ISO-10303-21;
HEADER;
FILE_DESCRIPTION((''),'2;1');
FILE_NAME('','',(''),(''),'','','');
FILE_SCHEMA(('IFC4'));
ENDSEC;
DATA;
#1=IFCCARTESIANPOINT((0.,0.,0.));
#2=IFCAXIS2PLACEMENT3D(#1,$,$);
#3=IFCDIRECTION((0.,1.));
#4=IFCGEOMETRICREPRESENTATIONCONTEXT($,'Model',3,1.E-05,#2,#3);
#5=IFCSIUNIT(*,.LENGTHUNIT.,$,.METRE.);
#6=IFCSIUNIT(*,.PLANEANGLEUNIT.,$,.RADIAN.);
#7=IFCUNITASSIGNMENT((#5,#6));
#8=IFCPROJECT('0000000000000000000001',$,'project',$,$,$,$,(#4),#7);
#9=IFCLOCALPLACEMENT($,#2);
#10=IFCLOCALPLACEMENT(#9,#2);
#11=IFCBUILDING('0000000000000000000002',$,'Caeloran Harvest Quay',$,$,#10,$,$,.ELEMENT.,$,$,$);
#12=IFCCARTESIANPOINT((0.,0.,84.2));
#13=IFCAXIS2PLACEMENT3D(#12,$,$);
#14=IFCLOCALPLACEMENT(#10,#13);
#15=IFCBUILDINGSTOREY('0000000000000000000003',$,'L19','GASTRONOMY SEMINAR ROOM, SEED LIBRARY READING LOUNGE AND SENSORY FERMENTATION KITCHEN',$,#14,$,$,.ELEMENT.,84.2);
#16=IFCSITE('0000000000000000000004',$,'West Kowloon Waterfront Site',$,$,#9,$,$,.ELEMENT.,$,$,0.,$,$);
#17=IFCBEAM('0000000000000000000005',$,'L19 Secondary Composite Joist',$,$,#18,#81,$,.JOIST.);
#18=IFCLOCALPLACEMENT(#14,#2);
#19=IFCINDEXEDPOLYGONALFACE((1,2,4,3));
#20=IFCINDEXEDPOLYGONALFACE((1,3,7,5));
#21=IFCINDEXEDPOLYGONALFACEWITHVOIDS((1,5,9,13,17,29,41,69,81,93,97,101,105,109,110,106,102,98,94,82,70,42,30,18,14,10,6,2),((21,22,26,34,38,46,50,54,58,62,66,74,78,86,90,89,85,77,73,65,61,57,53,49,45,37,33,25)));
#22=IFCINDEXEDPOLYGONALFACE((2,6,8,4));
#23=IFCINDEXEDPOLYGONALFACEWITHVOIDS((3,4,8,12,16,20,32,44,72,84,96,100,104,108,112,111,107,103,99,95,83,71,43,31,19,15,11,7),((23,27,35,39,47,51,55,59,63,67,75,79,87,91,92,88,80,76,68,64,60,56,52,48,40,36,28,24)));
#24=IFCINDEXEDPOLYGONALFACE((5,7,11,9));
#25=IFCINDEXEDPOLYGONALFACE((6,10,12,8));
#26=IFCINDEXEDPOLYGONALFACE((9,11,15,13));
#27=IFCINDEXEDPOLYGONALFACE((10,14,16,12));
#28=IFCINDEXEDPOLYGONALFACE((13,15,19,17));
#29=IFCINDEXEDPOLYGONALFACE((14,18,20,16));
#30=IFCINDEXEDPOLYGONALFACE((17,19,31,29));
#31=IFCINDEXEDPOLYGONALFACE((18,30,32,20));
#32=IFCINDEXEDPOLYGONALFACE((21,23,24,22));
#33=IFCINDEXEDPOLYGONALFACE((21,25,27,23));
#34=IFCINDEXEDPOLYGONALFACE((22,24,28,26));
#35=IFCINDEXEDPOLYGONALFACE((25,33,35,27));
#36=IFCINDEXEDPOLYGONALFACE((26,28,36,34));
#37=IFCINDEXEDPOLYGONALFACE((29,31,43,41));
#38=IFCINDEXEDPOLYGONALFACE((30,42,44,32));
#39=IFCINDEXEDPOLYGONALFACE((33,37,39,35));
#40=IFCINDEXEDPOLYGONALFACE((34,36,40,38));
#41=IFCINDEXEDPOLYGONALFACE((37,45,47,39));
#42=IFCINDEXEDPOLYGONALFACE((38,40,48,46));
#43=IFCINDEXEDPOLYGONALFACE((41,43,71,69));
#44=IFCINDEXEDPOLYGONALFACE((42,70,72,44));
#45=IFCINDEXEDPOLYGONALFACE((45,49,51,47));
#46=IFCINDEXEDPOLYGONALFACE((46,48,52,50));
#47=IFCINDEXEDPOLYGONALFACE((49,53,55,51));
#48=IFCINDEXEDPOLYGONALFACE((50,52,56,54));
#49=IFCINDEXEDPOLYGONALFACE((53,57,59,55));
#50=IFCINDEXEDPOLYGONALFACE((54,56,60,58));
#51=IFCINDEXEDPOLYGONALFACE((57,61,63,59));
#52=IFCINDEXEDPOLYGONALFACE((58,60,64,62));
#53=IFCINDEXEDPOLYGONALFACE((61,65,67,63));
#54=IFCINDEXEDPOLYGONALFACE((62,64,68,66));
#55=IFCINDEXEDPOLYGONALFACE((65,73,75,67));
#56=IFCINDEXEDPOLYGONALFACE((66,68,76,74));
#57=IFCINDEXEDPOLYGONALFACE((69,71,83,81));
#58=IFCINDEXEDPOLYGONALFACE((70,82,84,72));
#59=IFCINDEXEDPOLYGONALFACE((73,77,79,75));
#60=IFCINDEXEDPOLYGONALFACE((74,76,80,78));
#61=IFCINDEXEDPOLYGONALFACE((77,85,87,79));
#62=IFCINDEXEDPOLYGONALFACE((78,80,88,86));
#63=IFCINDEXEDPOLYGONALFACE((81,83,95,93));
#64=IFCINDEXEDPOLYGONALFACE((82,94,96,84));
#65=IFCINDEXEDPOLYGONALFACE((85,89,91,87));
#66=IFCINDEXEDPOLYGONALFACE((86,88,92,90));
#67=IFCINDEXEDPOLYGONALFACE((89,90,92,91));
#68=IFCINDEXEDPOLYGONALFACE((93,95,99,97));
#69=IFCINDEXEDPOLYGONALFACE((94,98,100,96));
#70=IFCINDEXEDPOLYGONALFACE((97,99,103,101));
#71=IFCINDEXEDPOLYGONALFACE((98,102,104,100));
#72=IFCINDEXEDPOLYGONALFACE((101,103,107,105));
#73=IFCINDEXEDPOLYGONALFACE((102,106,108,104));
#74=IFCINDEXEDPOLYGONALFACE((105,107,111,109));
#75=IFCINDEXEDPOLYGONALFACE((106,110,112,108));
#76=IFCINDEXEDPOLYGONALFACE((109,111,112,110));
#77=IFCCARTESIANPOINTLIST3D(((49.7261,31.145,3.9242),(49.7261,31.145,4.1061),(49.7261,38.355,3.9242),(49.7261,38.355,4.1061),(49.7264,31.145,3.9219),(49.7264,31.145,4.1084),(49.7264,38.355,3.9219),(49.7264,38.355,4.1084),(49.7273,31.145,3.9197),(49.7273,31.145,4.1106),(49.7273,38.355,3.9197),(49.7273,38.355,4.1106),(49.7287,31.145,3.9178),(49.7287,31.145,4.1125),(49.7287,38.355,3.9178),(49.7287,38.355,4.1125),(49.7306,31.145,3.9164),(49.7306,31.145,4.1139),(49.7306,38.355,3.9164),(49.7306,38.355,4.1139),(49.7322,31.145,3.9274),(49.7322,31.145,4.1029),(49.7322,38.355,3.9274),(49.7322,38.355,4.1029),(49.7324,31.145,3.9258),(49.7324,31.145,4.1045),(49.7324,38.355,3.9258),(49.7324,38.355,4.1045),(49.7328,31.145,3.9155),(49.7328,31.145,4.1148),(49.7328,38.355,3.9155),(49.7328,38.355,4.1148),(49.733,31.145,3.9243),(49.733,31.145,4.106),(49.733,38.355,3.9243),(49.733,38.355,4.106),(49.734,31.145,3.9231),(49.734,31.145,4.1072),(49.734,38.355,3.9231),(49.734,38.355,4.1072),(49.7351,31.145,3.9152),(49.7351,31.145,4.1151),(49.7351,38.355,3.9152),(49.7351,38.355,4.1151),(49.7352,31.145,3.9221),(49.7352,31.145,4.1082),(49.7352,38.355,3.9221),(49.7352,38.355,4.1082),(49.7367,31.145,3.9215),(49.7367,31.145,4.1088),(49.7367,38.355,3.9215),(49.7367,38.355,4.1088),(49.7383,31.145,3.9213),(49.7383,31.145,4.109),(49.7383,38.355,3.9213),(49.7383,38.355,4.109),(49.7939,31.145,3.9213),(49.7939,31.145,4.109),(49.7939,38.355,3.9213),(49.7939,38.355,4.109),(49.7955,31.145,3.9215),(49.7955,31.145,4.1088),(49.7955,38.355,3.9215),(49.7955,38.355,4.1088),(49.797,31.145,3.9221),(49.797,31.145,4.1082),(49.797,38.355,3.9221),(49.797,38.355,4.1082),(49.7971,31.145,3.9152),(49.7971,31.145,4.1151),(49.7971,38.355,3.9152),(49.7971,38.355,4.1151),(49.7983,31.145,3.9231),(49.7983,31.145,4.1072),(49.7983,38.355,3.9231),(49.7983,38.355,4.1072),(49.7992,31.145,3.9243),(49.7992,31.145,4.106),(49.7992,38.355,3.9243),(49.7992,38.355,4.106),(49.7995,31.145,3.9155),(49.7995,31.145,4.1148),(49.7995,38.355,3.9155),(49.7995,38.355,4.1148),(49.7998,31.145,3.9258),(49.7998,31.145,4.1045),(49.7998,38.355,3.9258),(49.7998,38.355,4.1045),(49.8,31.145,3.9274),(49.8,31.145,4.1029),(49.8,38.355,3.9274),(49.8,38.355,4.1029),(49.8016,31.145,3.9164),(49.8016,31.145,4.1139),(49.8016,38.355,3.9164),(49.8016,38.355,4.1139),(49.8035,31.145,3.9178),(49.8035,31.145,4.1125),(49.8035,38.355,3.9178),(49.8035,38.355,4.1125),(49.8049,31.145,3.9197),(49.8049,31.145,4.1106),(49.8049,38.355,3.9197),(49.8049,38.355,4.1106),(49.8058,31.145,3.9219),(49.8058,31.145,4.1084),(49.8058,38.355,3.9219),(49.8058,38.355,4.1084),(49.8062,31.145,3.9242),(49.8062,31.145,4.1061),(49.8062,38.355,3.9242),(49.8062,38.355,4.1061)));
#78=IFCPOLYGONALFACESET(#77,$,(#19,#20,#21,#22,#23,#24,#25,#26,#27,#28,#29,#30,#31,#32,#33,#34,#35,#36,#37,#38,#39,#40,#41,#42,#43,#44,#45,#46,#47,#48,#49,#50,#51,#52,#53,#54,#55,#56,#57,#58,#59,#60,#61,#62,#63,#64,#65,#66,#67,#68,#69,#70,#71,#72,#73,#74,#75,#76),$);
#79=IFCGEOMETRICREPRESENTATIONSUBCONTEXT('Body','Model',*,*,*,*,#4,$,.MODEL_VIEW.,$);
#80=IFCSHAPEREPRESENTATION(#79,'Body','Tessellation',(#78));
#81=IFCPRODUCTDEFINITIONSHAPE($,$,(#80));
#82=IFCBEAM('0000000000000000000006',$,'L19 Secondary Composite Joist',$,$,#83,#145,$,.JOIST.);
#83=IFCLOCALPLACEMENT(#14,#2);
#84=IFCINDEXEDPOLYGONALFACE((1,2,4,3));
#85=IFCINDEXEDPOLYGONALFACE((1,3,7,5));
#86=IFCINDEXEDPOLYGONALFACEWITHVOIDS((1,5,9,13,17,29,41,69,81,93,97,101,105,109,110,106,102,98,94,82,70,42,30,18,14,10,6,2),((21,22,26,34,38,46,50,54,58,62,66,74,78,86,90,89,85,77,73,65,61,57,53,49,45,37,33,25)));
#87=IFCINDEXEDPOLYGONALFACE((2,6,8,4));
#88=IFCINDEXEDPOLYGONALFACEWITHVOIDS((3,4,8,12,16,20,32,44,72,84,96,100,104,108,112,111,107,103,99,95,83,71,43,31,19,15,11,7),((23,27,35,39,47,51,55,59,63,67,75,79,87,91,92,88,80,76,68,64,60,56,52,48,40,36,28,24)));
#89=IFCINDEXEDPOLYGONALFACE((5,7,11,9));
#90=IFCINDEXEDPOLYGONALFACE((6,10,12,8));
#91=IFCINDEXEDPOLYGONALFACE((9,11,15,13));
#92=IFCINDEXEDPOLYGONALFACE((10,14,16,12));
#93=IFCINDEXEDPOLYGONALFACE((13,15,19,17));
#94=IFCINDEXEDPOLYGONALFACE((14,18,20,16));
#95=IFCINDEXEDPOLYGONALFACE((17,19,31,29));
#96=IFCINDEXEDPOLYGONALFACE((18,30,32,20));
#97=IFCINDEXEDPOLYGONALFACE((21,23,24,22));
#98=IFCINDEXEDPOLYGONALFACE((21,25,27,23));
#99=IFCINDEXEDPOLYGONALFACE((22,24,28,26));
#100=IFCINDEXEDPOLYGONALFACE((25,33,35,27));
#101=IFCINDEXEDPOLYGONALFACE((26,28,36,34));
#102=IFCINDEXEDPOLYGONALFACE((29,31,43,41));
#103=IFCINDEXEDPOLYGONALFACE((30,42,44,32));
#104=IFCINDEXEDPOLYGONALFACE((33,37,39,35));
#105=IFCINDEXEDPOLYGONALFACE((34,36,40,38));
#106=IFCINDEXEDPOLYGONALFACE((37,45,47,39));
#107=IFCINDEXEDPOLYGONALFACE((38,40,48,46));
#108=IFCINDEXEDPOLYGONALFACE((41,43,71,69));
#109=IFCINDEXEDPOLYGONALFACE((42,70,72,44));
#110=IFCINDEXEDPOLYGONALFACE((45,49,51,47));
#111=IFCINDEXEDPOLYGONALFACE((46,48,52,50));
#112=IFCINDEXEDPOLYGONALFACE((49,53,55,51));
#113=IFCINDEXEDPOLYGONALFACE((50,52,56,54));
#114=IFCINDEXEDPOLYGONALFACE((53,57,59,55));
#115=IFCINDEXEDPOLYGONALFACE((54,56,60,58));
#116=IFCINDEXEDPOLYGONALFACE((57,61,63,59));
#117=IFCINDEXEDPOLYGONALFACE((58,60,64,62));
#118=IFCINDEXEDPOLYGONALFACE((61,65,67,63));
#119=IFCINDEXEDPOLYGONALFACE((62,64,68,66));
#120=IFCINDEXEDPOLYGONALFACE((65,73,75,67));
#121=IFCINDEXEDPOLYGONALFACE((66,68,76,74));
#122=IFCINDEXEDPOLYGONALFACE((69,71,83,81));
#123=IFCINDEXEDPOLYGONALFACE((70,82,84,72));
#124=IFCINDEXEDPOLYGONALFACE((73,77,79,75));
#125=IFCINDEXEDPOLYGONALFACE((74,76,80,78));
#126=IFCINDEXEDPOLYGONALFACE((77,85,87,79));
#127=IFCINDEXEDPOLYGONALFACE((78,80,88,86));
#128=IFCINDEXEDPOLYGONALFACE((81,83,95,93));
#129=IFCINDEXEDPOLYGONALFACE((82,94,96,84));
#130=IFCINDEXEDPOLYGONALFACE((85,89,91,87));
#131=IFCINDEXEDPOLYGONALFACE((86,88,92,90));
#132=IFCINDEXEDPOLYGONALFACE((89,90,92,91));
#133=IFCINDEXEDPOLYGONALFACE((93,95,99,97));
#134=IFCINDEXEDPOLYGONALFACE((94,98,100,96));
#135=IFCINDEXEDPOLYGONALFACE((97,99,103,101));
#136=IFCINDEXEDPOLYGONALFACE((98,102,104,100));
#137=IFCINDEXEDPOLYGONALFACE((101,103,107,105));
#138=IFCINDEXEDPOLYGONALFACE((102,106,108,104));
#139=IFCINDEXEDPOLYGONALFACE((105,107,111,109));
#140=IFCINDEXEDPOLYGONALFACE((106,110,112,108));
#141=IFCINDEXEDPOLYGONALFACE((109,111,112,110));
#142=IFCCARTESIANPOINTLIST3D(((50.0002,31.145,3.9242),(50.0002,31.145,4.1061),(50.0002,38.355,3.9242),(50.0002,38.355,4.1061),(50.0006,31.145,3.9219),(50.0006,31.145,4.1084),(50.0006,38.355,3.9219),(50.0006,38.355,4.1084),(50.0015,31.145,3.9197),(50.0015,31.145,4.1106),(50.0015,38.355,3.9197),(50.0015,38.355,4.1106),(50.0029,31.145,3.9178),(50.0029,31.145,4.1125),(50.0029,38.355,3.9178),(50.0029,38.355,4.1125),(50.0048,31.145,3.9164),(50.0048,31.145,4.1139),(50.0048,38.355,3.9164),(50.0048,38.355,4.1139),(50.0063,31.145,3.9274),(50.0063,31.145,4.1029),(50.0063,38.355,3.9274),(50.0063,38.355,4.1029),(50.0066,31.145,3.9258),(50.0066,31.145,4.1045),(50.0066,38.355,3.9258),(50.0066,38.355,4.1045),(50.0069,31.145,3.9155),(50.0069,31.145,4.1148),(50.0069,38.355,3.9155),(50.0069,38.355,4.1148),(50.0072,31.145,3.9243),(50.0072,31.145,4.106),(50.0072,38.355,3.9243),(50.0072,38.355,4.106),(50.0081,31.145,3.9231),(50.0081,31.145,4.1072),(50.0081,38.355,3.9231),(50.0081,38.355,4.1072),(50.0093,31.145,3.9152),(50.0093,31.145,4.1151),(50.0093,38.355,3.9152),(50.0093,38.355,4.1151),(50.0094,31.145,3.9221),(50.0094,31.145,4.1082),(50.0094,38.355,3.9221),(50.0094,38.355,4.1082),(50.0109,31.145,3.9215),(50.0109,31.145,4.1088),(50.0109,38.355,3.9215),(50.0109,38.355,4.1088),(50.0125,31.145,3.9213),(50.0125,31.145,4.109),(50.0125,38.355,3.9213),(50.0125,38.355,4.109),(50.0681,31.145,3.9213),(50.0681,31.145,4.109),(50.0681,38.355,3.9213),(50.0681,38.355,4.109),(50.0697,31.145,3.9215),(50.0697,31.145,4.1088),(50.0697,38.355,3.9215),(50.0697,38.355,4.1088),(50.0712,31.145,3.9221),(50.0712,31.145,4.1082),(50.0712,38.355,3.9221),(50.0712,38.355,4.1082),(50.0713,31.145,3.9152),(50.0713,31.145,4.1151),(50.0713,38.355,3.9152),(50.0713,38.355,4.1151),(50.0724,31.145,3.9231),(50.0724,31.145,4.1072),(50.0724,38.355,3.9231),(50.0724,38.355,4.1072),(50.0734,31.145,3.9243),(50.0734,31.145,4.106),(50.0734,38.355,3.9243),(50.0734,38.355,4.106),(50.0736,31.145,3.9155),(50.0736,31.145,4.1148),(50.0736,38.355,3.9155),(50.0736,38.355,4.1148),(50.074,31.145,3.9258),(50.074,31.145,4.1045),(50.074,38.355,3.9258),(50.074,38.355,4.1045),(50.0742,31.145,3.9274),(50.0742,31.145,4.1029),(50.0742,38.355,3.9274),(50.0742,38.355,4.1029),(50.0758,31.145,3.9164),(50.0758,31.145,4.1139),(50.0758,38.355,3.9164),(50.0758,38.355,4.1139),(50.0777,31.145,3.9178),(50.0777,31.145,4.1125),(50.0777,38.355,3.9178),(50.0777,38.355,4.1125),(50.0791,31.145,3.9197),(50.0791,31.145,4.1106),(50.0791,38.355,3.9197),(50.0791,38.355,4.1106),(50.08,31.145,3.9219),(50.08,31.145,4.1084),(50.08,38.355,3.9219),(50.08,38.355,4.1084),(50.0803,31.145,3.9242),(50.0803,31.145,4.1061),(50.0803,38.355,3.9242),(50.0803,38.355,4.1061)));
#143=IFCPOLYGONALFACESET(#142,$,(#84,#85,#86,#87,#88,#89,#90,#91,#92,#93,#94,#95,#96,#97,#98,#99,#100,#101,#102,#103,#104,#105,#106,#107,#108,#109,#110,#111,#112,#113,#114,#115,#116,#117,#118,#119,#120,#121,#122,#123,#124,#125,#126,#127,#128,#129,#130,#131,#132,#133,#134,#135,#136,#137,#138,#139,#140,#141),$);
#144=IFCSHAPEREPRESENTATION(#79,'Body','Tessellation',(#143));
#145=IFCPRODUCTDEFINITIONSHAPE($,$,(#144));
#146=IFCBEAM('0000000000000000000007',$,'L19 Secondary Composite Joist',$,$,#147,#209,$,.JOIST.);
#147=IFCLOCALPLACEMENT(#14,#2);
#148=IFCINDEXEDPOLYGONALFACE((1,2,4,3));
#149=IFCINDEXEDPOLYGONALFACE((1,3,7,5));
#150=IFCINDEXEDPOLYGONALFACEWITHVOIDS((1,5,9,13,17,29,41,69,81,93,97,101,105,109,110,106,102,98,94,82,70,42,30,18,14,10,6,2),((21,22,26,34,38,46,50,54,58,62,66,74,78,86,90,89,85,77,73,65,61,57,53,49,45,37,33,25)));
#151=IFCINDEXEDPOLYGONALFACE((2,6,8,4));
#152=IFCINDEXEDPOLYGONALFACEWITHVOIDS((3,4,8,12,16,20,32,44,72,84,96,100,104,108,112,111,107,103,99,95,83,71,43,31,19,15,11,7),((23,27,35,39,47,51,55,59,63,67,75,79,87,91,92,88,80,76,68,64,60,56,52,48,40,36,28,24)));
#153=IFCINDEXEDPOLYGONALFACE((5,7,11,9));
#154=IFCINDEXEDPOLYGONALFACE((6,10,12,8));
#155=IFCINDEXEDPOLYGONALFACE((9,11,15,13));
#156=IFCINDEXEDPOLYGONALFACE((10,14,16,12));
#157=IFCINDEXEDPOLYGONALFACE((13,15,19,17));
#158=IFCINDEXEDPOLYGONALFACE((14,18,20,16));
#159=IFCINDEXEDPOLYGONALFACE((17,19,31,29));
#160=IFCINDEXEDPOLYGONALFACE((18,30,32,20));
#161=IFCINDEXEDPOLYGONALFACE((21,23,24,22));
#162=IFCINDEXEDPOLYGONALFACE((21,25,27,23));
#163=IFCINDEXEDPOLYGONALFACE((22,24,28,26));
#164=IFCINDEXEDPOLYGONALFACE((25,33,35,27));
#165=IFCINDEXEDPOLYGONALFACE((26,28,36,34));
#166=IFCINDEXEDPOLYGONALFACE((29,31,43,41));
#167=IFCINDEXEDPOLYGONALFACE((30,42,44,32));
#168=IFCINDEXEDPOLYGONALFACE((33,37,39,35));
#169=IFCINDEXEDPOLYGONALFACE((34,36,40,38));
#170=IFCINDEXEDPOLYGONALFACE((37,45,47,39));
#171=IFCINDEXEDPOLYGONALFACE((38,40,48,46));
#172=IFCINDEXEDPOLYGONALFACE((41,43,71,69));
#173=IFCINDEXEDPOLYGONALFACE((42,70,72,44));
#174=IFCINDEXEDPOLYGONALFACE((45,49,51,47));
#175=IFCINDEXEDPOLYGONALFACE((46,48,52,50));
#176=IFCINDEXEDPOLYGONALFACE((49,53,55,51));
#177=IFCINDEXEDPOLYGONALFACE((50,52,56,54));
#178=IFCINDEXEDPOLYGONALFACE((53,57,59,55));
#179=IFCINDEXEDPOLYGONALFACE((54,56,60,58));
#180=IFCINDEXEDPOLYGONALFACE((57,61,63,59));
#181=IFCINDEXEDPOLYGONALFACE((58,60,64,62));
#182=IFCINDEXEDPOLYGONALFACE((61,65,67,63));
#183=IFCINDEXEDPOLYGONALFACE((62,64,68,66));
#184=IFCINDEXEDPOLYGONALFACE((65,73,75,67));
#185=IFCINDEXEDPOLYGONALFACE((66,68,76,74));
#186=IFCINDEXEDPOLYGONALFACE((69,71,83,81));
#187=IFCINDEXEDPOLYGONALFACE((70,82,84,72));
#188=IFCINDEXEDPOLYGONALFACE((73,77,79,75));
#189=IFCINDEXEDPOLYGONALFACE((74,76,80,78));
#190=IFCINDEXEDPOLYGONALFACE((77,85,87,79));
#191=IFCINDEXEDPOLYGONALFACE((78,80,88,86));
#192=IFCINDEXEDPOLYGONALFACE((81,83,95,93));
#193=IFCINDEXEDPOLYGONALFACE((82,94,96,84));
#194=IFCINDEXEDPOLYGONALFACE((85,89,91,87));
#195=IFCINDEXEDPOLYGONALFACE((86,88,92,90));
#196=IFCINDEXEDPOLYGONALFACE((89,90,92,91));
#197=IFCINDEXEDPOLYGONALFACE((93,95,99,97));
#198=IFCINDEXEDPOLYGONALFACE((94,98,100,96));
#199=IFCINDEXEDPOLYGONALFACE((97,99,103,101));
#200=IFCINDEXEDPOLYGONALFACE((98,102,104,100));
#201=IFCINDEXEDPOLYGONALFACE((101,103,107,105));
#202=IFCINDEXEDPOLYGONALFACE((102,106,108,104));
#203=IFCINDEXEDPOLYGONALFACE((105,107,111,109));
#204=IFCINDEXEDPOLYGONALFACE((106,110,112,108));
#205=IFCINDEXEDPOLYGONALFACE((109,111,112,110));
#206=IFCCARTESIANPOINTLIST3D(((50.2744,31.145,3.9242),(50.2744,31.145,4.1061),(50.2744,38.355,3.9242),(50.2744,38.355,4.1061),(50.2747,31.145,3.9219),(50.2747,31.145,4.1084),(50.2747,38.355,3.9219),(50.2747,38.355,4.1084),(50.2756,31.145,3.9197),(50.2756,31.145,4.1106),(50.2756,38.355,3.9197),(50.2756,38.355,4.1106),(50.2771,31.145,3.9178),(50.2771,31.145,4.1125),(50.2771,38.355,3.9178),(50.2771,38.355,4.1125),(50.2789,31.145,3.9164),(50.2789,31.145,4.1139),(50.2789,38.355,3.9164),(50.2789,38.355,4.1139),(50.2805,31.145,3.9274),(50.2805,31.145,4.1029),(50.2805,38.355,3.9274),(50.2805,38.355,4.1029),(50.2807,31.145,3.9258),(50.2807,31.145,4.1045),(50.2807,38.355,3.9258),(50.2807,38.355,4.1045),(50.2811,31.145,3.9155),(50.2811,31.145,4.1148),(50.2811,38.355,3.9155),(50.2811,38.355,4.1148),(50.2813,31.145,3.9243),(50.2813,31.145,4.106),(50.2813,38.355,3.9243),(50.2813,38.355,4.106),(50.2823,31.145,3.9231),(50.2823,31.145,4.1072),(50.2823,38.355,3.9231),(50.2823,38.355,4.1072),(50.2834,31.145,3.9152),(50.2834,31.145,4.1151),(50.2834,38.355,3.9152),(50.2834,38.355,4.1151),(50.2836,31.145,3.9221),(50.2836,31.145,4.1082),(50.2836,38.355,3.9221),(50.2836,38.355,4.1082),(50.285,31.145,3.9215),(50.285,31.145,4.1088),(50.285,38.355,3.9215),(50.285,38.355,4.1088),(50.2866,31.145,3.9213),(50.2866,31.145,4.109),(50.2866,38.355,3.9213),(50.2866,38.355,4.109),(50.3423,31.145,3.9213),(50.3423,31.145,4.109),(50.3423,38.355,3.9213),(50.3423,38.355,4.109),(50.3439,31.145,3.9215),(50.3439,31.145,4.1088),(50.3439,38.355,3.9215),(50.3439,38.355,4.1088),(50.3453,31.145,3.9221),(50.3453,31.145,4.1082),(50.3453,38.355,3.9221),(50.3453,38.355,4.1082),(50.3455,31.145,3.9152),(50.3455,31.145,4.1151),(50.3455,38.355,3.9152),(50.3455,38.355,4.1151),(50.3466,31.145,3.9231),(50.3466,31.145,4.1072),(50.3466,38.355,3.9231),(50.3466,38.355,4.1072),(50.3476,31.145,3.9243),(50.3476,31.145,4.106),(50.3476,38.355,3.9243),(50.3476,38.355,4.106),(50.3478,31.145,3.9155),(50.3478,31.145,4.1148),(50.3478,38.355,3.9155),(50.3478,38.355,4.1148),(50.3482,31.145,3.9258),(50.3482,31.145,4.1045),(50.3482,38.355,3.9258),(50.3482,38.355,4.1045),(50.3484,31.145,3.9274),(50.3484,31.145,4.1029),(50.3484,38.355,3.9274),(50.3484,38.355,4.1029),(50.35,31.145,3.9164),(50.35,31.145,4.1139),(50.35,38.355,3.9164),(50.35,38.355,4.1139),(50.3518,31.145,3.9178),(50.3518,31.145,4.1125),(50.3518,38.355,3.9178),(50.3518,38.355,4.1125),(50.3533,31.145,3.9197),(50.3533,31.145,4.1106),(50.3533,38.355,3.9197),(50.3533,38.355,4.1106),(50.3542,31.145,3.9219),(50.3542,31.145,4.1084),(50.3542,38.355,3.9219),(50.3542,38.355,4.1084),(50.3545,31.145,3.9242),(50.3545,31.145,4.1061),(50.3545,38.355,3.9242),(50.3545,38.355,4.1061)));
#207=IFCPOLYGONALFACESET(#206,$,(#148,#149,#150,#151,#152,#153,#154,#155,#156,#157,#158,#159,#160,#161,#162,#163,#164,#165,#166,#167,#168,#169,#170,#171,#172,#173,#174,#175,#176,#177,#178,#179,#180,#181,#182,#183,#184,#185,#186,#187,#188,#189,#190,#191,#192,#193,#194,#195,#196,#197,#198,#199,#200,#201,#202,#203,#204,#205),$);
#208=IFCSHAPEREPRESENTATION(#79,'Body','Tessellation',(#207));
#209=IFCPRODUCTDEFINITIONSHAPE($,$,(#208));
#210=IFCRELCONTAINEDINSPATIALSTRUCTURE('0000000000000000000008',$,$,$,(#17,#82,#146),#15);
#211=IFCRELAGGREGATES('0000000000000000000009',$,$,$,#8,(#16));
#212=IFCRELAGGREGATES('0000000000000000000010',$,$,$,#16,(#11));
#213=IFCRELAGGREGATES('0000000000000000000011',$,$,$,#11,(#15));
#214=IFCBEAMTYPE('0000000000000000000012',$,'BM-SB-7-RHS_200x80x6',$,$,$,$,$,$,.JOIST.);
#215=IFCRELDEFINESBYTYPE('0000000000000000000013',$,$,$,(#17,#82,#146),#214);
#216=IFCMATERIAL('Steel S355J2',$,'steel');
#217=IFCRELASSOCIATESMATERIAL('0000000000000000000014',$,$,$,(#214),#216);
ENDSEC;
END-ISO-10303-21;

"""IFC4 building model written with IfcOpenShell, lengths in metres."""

from ifc_helpers import new_model, si_unit, direction, frame, origin, origin_2d, place, context, subcontext, project, spatial, hollow_rectangle, extrude, material, material_profile, profile_set, type_object, element, save


model = new_model("IFC4")

# Units and contexts
model_context = context("Model", 3, precision=1e-05, world=origin(), true_north=direction((0.0, 1.0)))
body_context = subcontext(model_context, "Body", "Model", "MODEL_VIEW")
ifc_project = project(units=[si_unit("LENGTHUNIT", "METRE"), si_unit("PLANEANGLEUNIT", "RADIAN")], contexts=[model_context])

# Site, building, storey
site_placement = place(None, origin())
site = spatial("IfcSite", under=ifc_project, at=site_placement, Name="West Kowloon Waterfront Site", CompositionType="ELEMENT", RefElevation=0.0)
building_placement = place(site_placement, origin())
building = spatial("IfcBuilding", under=site, at=building_placement, Name="Caeloran Harvest Quay", CompositionType="ELEMENT")
storey_placement = place(building_placement, frame((0.0, 0.0, 84.2)))
storey = spatial("IfcBuildingStorey", under=building, at=storey_placement, Name="L19", Description="GASTRONOMY SEMINAR ROOM, SEED LIBRARY READING LOUNGE AND SENSORY FERMENTATION KITCHEN", CompositionType="ELEMENT", Elevation=84.2)

# Beams
ifc_material_1 = material(Name="Steel S355J2", Category="steel")
ifc_material_profile_1 = material_profile(ifc_material_1, hollow_rectangle(XDim=0.0801, YDim=0.2, WallThickness=0.0061, InnerFilletRadius=0.0061, OuterFilletRadius=0.009, at=origin_2d()), Name="RHS 200x80x6")
ifc_profile_set_1 = profile_set([ifc_material_profile_1], Name="Steel S355J2")
beam_type_1 = type_object("IfcBeamType", Name="BM-SB-7-RHS_200x80x6", PredefinedType="JOIST", material=ifc_profile_set_1)
for number, where, z_axis, x_axis, name in (
    (1, (49.7661, 31.145, 4.0151), (0.0, 1.0, 0.0), (-1.0, 0.0, 0.0), "L19 Secondary Composite Joist"),
    (2, (50.0403, 31.145, 4.0151), (0.0, 1.0, 0.0), (-1.0, 0.0, 0.0), "L19 Secondary Composite Joist"),
    (3, (50.3145, 31.145, 4.0151), (0.0, 1.0, 0.0), (-1.0, 0.0, 0.0), "L19 Secondary Composite Joist"),
):
    element("IfcBeam", number, at=place(storey_placement, frame(where, z_axis=z_axis, x_axis=x_axis)), inside=storey, type_object=beam_type_1, Name=name, PredefinedType="JOIST", context=body_context, shape_type="SweptSolid", body=[
        extrude(hollow_rectangle(XDim=0.0801, YDim=0.2, WallThickness=0.0061, InnerFilletRadius=0.0061, OuterFilletRadius=0.009, at=origin_2d()), origin(), (0.0, 0.0, 1.0), 7.21),
    ])

save(model, "model.ifc")
